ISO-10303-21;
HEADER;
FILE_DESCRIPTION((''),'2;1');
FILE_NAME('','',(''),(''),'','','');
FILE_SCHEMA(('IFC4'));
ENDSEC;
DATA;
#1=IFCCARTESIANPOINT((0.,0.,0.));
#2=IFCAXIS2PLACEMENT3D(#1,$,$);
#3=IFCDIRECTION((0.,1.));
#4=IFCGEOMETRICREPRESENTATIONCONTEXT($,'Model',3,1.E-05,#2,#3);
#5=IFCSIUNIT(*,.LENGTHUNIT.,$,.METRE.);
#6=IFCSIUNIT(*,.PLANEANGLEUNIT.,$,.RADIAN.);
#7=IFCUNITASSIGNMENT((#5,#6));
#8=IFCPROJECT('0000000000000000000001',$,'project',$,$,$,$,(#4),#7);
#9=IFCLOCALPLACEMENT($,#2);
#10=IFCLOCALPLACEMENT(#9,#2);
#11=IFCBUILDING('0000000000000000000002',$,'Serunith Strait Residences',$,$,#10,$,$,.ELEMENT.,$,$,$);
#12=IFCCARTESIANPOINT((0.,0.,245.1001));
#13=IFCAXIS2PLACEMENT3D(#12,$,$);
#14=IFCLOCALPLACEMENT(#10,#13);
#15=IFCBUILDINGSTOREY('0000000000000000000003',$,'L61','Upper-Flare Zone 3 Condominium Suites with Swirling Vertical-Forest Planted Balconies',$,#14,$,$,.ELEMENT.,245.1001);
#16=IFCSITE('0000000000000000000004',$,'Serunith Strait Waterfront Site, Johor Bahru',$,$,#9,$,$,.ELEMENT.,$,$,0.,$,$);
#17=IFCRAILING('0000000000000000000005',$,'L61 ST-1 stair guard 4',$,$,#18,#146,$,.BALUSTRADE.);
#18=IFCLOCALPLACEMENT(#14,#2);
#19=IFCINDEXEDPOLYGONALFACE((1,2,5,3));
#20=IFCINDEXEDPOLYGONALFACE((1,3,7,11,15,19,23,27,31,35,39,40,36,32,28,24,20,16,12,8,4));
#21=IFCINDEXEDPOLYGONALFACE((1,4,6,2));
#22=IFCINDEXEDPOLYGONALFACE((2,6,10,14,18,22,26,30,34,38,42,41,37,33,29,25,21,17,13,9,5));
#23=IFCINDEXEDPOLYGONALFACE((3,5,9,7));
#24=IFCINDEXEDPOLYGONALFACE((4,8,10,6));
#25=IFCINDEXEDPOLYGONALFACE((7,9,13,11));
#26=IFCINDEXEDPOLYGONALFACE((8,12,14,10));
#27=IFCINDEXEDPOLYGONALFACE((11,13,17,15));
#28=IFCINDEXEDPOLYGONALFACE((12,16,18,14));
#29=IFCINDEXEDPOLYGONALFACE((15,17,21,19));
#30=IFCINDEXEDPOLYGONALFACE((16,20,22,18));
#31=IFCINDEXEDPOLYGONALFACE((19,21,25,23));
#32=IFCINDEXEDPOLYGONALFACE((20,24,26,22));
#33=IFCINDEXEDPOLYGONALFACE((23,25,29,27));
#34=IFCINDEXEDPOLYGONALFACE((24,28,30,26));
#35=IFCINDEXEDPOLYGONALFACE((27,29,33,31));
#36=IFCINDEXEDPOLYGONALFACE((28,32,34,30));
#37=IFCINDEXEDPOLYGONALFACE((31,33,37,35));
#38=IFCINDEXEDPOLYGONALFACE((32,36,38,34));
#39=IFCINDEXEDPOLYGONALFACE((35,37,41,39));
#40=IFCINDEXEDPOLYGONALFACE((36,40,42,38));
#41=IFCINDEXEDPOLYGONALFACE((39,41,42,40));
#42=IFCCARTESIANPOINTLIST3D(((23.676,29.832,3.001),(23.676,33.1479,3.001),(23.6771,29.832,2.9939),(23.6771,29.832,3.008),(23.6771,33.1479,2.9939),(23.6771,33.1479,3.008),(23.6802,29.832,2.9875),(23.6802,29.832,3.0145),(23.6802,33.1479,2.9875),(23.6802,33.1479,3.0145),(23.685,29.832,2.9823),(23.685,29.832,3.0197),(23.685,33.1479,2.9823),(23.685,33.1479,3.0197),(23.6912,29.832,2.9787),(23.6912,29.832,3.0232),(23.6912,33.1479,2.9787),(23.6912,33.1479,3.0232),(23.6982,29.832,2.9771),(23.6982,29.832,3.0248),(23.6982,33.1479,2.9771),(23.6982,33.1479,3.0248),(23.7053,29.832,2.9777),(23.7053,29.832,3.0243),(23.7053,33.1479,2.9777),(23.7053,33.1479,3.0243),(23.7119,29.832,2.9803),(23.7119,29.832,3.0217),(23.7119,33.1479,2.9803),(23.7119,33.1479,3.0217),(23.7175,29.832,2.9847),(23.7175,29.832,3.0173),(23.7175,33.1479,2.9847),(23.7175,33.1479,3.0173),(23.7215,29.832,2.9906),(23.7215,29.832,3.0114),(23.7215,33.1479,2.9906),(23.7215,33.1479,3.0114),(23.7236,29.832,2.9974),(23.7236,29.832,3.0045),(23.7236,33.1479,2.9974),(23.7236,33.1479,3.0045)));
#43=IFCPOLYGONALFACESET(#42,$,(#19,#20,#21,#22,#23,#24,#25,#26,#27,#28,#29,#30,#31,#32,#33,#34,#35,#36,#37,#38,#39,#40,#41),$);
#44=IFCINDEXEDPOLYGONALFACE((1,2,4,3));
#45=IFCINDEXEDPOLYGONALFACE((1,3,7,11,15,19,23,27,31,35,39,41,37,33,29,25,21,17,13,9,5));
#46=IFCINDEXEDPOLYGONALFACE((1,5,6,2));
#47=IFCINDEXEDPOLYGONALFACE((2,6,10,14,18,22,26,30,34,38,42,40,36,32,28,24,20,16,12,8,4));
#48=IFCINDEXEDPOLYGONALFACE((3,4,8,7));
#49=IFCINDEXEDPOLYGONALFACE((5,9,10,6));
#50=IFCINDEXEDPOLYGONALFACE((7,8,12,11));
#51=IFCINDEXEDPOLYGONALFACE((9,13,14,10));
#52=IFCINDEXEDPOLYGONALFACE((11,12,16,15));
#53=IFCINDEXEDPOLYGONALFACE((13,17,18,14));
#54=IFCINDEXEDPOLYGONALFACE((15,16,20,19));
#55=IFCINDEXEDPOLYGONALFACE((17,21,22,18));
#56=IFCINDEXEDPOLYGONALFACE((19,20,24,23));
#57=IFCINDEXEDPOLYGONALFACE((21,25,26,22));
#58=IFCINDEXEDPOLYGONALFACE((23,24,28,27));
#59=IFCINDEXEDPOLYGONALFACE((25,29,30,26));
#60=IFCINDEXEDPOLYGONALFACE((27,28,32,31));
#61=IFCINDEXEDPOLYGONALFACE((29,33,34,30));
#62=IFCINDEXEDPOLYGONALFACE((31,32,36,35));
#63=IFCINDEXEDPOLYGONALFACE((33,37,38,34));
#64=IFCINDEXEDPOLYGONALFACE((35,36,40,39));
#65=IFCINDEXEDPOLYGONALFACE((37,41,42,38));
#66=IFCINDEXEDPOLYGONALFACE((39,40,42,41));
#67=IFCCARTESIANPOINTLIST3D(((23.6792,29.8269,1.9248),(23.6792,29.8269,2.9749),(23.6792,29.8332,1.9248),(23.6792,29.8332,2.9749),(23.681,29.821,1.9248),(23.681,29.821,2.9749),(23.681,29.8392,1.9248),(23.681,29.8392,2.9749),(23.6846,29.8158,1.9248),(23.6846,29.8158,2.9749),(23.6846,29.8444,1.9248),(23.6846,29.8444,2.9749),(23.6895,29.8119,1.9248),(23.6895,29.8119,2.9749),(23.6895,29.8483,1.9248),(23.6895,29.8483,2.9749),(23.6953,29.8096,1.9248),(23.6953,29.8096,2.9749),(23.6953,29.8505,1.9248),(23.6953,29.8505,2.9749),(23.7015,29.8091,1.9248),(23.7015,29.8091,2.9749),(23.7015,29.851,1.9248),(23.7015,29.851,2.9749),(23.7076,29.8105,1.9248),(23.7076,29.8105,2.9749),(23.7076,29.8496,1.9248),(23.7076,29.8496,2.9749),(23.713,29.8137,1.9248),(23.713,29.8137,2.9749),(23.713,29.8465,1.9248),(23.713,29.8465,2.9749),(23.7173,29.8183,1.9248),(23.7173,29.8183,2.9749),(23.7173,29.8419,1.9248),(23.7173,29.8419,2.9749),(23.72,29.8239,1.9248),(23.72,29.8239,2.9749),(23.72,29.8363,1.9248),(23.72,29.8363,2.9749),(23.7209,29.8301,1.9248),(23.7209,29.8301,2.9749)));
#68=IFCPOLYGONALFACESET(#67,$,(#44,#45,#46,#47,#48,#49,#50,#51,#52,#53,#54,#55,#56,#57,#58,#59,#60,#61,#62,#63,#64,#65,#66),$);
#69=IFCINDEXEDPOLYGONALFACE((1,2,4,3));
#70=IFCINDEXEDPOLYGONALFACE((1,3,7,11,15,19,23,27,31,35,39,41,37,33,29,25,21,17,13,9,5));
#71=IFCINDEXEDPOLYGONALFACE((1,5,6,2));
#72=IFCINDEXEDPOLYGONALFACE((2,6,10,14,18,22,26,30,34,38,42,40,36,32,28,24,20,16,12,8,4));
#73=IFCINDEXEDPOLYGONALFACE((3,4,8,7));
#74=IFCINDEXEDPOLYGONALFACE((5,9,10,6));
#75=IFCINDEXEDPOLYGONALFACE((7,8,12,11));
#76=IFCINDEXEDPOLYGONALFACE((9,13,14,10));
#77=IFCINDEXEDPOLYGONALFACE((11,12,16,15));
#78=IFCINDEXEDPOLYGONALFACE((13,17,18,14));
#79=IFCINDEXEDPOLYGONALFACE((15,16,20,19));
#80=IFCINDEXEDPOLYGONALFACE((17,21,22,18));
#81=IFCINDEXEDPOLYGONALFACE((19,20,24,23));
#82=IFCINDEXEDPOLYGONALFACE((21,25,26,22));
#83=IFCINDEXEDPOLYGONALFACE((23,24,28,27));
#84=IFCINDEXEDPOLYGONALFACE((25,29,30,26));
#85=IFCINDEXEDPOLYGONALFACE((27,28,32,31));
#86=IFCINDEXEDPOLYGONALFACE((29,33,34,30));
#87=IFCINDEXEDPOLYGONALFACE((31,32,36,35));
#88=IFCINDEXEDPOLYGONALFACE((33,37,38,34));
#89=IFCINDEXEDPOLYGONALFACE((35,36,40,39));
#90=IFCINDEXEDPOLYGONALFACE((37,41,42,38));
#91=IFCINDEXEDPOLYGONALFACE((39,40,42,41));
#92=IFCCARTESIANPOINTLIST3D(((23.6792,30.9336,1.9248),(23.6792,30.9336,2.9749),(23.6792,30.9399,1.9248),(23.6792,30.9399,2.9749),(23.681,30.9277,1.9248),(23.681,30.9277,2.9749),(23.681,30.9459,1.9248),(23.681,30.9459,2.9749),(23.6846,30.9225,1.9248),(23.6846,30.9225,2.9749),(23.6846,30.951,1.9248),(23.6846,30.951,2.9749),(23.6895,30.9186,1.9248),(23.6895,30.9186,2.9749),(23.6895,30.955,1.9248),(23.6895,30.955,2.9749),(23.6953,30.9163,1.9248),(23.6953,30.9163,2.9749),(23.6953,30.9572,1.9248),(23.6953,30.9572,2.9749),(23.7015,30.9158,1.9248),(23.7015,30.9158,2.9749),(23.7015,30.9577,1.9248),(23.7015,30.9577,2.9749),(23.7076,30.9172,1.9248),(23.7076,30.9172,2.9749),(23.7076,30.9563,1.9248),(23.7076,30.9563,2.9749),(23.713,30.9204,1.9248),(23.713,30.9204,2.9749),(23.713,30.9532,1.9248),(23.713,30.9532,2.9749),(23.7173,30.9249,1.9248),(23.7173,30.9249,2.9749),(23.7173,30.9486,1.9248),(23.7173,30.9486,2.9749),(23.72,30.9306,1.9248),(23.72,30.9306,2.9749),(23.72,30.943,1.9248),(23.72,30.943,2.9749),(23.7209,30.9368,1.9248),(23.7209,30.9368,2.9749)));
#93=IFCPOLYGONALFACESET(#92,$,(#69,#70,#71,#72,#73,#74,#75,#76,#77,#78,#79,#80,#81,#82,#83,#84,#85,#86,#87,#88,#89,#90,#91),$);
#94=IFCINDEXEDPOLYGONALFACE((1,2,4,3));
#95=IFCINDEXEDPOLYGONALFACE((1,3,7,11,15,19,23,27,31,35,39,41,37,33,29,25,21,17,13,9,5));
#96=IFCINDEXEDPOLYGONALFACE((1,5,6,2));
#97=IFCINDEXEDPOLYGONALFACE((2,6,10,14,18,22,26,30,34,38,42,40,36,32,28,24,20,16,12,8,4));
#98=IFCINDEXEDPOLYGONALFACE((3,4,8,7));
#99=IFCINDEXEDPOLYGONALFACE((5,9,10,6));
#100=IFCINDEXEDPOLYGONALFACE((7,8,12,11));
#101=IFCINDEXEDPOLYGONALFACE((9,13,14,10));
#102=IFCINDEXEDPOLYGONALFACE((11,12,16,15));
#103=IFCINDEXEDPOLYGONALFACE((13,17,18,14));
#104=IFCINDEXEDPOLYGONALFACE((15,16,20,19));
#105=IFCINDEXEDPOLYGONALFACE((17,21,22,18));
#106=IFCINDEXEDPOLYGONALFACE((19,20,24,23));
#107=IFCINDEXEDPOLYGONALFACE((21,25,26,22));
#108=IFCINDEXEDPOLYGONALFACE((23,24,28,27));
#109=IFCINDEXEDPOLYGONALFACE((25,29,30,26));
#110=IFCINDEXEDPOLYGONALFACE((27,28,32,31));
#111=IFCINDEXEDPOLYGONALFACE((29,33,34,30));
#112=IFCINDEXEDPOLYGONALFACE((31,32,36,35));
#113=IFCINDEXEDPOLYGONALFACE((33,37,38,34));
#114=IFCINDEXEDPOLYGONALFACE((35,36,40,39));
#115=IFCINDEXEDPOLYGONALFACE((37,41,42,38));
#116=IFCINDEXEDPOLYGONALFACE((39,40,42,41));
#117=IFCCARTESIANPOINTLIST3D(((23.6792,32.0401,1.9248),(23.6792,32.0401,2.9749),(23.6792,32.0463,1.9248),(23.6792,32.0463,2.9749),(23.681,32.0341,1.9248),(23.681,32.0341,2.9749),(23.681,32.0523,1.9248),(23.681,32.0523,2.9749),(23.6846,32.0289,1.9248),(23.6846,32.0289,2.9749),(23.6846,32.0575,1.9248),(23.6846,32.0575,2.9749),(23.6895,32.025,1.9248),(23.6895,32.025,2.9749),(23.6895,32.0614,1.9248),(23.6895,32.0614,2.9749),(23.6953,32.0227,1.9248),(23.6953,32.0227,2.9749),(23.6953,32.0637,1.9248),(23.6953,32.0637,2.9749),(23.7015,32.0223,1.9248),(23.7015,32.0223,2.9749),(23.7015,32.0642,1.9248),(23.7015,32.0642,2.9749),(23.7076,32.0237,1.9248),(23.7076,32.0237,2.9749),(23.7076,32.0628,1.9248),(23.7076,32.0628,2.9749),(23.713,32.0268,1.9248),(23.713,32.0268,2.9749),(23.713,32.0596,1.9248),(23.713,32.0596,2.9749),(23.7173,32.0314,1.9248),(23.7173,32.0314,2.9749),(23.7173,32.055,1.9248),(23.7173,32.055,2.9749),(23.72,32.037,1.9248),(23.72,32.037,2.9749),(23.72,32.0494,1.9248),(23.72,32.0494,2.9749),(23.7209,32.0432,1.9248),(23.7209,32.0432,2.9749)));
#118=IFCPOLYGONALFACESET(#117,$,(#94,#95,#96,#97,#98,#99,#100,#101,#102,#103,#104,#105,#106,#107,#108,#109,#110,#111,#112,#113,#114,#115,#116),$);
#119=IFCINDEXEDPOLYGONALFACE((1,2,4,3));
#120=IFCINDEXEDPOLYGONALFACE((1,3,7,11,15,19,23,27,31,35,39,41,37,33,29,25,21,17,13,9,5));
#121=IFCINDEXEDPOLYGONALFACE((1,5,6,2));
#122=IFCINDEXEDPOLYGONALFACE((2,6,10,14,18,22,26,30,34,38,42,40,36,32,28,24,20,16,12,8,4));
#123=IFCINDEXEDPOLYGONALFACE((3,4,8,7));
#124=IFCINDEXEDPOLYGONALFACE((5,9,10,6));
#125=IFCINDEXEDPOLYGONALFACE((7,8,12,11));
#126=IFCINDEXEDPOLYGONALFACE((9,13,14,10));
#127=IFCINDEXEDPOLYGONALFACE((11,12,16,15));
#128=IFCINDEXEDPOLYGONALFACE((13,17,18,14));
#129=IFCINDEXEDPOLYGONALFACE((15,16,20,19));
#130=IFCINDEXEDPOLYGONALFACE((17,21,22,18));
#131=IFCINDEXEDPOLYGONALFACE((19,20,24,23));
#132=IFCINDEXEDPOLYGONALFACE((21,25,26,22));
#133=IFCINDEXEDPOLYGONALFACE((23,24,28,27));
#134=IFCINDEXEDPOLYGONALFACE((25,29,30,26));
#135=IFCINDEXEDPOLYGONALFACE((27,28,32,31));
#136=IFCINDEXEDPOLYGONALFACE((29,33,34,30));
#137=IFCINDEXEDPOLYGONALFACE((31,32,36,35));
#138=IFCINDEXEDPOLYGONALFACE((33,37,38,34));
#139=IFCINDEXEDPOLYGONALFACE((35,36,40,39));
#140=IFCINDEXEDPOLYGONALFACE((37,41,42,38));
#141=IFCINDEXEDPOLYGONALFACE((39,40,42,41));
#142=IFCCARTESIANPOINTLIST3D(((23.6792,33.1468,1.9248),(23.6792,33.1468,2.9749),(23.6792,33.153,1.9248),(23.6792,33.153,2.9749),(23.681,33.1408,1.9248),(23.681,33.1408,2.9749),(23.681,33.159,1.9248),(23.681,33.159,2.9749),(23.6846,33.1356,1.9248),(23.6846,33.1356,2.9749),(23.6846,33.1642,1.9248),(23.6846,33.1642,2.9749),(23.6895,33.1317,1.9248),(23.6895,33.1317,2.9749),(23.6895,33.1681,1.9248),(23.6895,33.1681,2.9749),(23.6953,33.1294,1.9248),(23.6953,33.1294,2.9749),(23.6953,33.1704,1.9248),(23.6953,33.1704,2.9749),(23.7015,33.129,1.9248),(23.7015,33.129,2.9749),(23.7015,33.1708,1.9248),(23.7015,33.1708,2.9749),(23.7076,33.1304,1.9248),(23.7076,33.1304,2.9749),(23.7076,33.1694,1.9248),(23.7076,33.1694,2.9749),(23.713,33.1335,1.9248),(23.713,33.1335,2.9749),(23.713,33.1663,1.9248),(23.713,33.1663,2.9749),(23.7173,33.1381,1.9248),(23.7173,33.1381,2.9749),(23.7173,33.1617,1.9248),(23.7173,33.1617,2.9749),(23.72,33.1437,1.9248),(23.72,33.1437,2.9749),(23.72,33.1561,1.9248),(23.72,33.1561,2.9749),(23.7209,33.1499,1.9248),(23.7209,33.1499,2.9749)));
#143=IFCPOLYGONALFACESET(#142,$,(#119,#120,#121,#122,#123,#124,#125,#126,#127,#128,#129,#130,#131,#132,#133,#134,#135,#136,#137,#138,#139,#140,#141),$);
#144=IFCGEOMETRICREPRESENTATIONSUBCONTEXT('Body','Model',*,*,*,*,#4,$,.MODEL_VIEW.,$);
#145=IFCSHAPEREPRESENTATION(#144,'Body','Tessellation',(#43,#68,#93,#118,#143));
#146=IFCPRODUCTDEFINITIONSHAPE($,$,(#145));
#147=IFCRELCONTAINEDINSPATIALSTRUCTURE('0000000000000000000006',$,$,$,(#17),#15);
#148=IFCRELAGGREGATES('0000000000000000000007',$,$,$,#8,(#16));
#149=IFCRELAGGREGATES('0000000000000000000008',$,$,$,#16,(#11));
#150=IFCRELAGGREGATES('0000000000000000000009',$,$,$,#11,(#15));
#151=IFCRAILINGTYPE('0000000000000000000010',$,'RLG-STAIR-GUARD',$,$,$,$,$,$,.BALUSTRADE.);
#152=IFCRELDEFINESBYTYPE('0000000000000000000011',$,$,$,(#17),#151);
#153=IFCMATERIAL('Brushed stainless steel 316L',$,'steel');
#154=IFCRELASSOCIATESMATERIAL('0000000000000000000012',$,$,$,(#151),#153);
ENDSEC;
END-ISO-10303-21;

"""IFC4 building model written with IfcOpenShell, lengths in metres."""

from ifc_helpers import new_model, si_unit, direction, frame, origin, origin_2d, place, context, subcontext, project, spatial, circle, extrude, material, type_object, element, save


model = new_model("IFC4")

# Units and contexts
model_context = context("Model", 3, precision=1e-05, world=origin(), true_north=direction((0.0, 1.0)))
body_context = subcontext(model_context, "Body", "Model", "MODEL_VIEW")
ifc_project = project(units=[si_unit("LENGTHUNIT", "METRE"), si_unit("PLANEANGLEUNIT", "RADIAN")], contexts=[model_context])

# Site, building, storey
site_placement = place(None, origin())
site = spatial("IfcSite", under=ifc_project, at=site_placement, Name="Serunith Strait Waterfront Site, Johor Bahru", CompositionType="ELEMENT", RefElevation=0.0)
building_placement = place(site_placement, origin())
building = spatial("IfcBuilding", under=site, at=building_placement, Name="Serunith Strait Residences", CompositionType="ELEMENT")
storey_placement = place(building_placement, frame((0.0, 0.0, 245.1001)))
storey = spatial("IfcBuildingStorey", under=building, at=storey_placement, Name="L61", Description="Upper-Flare Zone 3 Condominium Suites with Swirling Vertical-Forest Planted Balconies", CompositionType="ELEMENT", Elevation=245.1001)

# Railing
ifc_material_1 = material(Name="Brushed stainless steel 316L", Category="steel")
railing_type_1 = type_object("IfcRailingType", Name="RLG-STAIR-GUARD", PredefinedType="BALUSTRADE", material=ifc_material_1)
for number, where, name in (
    (1, (23.7, 29.8301, 1.9248), "L61 ST-1 stair guard 4"),
):
    element("IfcRailing", number, at=place(storey_placement, frame(where)), inside=storey, type_object=railing_type_1, Name=name, PredefinedType="BALUSTRADE", context=body_context, shape_type="SweptSolid", body=[
        extrude(circle(Radius=0.0239, at=origin_2d()), frame((0.0, 0.002, 1.0762), z_axis=(0.0, 1.0, 0.0), x_axis=(-1.0, 0.0, 0.0)), (0.0, 0.0, 1.0), 3.3159),
        extrude(circle(Radius=0.021, at=origin_2d()), origin(), (0.0, 0.0, 1.0), 1.05),
        extrude(circle(Radius=0.021, at=origin_2d()), frame((0.0, 1.1067, 0.0)), (0.0, 0.0, 1.0), 1.05),
        extrude(circle(Radius=0.021, at=origin_2d()), frame((0.0, 2.2131, 0.0)), (0.0, 0.0, 1.0), 1.05),
        extrude(circle(Radius=0.021, at=origin_2d()), frame((0.0, 3.3198, 0.0)), (0.0, 0.0, 1.0), 1.05),
    ])

save(model, "model.ifc")
